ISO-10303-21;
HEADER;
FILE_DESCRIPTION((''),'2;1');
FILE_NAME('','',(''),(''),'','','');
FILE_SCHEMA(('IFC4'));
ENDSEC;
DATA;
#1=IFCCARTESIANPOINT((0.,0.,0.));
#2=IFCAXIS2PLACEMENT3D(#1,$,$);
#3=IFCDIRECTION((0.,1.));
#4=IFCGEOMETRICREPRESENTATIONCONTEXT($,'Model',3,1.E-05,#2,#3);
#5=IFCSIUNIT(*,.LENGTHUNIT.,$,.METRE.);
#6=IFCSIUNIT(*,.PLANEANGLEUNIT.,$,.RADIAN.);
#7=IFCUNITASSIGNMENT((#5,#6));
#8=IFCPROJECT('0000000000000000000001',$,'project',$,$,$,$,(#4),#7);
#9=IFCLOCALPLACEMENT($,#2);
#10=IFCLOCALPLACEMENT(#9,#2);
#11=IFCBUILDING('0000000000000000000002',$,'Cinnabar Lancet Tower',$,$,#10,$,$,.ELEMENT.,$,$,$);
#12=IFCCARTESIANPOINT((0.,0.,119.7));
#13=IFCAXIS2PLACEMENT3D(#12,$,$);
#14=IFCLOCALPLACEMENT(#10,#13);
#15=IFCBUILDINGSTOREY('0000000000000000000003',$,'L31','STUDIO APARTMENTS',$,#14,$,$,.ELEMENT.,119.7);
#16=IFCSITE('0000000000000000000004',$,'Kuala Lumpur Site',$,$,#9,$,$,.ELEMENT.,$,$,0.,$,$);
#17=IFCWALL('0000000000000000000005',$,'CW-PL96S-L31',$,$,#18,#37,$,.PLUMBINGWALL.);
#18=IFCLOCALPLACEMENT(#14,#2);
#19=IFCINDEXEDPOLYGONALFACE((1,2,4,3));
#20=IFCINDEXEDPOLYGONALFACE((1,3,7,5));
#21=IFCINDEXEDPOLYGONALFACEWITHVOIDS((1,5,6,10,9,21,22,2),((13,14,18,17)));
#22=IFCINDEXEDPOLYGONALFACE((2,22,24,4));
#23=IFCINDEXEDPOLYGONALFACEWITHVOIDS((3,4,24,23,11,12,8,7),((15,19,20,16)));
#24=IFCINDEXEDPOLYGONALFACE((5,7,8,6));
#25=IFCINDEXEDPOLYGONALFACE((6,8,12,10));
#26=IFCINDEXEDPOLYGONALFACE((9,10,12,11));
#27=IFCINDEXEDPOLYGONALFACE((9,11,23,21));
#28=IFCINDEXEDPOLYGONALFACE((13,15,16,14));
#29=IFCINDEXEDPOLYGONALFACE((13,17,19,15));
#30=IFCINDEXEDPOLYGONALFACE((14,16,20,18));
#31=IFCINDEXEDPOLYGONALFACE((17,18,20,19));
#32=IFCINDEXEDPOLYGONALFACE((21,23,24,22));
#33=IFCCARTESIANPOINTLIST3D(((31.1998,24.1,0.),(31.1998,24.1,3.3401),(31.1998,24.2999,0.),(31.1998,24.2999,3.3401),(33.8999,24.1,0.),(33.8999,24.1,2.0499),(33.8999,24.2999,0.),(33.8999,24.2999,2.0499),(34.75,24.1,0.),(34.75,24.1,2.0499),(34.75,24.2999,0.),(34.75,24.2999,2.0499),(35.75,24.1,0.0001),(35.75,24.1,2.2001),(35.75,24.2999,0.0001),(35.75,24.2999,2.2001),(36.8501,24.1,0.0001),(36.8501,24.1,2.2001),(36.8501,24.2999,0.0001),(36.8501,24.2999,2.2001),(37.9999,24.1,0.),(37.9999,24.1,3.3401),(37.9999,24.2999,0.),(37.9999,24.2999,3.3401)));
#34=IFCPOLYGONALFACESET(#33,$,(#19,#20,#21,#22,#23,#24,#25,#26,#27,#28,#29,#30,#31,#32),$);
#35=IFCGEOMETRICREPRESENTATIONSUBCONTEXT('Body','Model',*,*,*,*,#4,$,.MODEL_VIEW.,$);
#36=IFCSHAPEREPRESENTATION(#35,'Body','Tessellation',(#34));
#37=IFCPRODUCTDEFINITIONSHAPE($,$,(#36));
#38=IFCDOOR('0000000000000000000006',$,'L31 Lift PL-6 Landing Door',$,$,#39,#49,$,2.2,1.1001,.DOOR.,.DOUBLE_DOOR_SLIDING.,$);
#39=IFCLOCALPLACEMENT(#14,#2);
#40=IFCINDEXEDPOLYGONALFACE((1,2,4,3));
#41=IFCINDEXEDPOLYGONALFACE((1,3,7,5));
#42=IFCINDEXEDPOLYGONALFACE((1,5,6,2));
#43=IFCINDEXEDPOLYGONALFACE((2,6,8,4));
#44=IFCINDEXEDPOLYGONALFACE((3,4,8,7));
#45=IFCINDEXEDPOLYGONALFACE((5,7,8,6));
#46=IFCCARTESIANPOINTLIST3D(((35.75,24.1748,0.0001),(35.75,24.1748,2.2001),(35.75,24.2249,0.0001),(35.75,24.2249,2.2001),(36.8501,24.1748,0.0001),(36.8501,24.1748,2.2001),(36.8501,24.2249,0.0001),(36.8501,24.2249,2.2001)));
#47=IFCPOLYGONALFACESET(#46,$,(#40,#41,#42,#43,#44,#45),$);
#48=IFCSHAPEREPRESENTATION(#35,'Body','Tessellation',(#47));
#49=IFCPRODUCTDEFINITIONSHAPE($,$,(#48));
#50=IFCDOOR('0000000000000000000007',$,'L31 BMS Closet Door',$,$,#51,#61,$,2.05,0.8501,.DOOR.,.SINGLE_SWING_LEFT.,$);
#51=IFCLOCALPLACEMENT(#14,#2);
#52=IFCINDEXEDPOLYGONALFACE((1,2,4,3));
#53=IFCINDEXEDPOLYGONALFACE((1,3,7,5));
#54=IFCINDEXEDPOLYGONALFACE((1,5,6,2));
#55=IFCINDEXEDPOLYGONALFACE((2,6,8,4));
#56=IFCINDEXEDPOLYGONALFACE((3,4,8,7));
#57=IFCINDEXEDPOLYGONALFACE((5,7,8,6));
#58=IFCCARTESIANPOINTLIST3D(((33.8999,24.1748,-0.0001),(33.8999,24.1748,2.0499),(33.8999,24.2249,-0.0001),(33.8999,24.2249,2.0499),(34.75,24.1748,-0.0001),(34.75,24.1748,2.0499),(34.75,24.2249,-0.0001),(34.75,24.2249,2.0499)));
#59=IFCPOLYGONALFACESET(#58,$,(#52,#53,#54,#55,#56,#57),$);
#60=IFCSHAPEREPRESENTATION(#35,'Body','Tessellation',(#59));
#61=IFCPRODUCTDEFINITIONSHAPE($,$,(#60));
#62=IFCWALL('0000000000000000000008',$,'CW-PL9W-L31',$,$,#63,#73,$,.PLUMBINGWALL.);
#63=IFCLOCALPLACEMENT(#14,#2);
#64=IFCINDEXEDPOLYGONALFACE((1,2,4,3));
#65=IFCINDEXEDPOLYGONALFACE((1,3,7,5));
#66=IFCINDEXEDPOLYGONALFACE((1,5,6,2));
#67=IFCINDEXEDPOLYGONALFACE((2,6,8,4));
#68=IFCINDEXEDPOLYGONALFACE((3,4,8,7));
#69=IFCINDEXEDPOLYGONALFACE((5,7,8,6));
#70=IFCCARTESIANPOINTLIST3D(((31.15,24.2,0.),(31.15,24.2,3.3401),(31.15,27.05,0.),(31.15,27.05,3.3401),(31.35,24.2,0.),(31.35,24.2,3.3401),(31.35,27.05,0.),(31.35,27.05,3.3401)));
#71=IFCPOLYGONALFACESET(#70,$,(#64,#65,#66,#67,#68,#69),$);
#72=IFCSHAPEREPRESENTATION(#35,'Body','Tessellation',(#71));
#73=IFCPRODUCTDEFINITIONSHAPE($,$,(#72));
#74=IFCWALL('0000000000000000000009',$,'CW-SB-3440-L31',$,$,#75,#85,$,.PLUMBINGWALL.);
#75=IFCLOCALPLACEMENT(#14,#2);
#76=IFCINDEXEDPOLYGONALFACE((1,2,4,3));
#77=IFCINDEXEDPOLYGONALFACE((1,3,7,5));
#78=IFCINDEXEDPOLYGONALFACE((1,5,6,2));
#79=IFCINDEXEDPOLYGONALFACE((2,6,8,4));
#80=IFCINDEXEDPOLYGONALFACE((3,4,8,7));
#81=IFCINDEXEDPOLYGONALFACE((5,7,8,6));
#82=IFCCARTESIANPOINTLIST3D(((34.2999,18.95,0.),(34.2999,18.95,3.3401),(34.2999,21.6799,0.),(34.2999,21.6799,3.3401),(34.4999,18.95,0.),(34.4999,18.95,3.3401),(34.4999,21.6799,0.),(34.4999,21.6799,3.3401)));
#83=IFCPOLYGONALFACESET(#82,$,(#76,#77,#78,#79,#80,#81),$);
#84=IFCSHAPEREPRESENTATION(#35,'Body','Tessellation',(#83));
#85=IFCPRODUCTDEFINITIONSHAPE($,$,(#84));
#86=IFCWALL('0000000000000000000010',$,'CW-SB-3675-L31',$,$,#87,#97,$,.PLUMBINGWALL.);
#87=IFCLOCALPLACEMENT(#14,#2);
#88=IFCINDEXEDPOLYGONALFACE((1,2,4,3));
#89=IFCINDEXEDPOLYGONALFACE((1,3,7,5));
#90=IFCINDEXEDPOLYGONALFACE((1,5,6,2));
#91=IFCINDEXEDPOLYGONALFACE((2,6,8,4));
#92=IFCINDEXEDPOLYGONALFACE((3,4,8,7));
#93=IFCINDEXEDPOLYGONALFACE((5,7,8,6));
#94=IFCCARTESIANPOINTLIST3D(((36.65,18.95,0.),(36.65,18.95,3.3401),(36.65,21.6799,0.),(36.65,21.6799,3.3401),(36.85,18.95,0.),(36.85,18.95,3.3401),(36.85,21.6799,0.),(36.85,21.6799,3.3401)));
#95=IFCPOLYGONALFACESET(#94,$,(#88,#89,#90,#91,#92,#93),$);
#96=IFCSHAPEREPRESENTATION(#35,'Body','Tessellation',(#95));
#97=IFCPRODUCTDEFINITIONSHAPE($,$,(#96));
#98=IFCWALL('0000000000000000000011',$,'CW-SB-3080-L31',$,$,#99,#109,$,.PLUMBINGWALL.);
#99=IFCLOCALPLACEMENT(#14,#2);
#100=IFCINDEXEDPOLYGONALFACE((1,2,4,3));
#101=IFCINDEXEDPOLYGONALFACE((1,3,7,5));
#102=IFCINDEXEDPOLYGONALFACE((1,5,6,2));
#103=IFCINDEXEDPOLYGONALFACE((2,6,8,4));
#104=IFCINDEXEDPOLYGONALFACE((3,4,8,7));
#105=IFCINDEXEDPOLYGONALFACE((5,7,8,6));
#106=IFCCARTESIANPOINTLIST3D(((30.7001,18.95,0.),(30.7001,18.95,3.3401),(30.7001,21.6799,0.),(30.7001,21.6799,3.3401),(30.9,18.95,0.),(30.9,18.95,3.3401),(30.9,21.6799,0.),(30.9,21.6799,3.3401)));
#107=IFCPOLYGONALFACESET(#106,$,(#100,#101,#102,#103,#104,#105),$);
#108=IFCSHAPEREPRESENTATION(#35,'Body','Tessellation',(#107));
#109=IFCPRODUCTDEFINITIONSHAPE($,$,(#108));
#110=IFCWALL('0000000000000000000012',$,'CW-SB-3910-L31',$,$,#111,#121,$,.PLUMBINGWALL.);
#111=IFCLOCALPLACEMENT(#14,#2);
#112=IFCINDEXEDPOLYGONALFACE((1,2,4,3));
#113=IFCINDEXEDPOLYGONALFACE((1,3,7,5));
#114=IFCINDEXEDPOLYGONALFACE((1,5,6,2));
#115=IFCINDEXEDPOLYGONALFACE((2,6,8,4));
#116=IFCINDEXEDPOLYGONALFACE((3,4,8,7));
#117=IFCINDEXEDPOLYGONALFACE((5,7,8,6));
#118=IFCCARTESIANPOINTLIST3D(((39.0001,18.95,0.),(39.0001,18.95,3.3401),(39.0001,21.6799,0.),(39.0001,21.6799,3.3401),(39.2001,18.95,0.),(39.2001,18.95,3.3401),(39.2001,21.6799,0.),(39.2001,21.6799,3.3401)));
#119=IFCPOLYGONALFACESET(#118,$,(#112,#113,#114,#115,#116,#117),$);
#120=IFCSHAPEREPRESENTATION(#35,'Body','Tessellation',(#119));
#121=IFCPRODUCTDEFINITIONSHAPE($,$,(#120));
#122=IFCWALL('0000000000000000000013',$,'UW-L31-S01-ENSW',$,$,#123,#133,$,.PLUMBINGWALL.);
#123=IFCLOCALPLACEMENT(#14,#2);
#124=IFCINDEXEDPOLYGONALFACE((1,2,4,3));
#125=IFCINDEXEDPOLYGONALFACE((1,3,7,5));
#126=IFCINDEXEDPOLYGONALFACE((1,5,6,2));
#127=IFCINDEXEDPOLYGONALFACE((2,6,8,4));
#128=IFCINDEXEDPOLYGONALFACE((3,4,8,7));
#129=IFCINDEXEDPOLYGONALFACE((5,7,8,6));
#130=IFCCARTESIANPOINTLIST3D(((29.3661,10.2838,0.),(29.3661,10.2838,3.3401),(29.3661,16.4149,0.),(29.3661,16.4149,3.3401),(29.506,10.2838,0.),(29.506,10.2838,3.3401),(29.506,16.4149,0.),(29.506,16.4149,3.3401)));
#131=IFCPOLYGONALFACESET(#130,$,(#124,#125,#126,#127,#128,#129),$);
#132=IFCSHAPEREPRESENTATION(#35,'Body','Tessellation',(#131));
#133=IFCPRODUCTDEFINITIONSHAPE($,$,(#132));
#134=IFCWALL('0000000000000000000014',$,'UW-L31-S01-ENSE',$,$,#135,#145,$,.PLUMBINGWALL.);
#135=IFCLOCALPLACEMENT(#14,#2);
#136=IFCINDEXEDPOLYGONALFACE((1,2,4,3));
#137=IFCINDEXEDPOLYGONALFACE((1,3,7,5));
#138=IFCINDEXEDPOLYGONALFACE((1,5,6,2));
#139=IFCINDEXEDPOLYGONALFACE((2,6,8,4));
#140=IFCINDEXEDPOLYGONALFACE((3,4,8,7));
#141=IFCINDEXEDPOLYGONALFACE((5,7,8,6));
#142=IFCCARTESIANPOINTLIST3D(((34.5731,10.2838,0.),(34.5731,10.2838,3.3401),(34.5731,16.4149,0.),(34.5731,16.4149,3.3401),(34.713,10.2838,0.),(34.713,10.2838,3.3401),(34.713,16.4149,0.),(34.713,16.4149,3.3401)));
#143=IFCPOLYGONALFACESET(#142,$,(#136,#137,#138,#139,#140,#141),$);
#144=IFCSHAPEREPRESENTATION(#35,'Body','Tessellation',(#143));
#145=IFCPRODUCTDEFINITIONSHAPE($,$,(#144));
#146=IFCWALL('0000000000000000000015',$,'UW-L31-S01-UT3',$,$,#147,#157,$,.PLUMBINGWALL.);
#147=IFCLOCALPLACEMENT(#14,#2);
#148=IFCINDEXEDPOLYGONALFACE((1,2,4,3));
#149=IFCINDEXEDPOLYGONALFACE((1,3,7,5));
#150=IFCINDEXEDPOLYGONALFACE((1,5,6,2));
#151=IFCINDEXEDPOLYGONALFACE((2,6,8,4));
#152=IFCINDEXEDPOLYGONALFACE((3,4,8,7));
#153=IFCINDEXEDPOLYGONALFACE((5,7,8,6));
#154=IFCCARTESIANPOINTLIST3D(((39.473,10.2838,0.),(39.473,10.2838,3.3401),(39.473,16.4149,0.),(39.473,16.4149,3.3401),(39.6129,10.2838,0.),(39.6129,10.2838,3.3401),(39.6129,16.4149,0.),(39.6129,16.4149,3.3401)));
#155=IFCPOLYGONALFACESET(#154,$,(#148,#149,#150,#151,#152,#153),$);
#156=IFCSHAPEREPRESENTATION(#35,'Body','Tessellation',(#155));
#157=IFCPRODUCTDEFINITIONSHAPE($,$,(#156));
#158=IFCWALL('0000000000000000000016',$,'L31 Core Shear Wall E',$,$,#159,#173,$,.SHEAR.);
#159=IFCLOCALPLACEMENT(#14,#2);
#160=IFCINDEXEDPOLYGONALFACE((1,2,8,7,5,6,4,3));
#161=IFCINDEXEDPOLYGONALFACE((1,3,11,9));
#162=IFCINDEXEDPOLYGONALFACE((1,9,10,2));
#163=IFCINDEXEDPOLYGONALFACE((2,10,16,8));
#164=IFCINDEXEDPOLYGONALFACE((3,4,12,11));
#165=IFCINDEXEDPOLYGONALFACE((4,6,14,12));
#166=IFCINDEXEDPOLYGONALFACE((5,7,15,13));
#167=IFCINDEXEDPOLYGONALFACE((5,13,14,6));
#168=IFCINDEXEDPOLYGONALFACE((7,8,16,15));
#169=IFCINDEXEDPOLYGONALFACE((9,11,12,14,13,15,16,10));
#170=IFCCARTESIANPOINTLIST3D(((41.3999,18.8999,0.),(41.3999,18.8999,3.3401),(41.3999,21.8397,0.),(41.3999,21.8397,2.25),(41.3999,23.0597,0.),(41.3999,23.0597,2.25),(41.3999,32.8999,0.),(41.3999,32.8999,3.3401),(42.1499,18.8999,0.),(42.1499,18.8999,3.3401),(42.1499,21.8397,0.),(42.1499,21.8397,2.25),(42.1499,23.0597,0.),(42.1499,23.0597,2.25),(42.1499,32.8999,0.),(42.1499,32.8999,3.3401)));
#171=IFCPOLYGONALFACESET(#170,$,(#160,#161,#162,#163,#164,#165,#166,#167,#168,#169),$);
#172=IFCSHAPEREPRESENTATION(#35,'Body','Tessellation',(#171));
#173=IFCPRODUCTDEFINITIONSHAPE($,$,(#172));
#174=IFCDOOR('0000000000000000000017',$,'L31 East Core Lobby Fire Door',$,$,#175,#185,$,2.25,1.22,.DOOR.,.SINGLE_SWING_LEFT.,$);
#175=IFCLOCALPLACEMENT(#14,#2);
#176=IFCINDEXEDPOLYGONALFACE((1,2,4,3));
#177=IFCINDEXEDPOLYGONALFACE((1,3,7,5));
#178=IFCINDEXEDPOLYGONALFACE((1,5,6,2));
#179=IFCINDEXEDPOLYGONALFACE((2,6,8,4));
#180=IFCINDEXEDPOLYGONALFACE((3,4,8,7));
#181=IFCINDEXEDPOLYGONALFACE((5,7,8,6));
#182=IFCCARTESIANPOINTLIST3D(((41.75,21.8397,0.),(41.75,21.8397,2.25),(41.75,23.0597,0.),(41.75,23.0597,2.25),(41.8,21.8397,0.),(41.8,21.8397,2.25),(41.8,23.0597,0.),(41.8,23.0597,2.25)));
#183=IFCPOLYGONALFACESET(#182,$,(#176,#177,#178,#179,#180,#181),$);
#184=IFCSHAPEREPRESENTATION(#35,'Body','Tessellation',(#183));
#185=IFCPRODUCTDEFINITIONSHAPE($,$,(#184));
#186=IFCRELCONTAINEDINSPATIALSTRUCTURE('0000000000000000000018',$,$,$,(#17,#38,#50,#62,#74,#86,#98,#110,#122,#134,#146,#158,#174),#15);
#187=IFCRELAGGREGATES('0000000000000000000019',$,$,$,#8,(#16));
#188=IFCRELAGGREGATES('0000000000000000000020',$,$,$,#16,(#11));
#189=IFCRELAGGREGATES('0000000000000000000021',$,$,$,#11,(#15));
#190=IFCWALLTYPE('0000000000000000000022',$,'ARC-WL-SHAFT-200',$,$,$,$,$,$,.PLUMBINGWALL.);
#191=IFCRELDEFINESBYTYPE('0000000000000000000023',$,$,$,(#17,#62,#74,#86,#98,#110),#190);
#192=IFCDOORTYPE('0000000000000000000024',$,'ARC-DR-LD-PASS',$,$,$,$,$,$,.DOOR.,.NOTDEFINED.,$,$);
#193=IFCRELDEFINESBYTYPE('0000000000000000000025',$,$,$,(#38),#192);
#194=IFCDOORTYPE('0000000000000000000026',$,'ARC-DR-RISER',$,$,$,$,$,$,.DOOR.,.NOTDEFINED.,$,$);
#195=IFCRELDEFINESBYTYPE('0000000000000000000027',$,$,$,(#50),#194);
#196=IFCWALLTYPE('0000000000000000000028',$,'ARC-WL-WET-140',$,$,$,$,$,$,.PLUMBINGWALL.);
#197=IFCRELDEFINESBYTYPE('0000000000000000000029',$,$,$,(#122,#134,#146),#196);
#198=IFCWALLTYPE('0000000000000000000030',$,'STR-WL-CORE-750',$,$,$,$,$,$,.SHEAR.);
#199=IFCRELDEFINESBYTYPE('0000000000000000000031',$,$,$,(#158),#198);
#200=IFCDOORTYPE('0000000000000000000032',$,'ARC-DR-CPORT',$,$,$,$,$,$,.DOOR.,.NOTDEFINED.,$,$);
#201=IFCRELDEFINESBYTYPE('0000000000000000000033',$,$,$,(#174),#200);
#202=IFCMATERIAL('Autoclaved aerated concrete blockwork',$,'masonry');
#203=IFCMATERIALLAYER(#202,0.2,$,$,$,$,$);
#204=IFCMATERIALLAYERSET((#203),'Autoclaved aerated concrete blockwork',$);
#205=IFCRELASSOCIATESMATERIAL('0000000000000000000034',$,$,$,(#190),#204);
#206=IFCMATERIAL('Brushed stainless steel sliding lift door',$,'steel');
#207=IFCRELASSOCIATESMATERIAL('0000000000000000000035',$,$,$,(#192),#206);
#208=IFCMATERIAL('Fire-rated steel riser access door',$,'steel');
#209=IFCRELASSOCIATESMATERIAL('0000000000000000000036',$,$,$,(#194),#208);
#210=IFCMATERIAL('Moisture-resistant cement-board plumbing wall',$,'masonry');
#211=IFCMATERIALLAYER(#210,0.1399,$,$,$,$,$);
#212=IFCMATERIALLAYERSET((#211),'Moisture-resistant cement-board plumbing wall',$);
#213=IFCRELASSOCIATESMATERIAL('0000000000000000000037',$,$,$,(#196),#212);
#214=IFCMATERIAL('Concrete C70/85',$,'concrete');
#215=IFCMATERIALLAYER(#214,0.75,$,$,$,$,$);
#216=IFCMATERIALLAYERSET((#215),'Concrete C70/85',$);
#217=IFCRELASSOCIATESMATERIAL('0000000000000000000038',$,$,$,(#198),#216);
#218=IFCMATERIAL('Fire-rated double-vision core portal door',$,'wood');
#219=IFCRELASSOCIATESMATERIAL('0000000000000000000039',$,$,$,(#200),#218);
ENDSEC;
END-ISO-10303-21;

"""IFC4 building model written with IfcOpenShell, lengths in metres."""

from ifc_helpers import new_model, si_unit, direction, frame, frame_2d, origin, place, context, subcontext, project, spatial, rectangle, extrude, material, layer, layer_set, type_object, element, fill, save


model = new_model("IFC4")

# Units and contexts
model_context = context("Model", 3, precision=1e-05, world=origin(), true_north=direction((0.0, 1.0)))
body_context = subcontext(model_context, "Body", "Model", "MODEL_VIEW")
ifc_project = project(units=[si_unit("LENGTHUNIT", "METRE"), si_unit("PLANEANGLEUNIT", "RADIAN")], contexts=[model_context])

# Site, building, storey
site_placement = place(None, origin())
site = spatial("IfcSite", under=ifc_project, at=site_placement, Name="Kuala Lumpur Site", CompositionType="ELEMENT", RefElevation=0.0)
building_placement = place(site_placement, origin())
building = spatial("IfcBuilding", under=site, at=building_placement, Name="Cinnabar Lancet Tower", CompositionType="ELEMENT")
storey_placement = place(building_placement, frame((0.0, 0.0, 119.7)))
storey = spatial("IfcBuildingStorey", under=building, at=storey_placement, Name="L31", Description="STUDIO APARTMENTS", CompositionType="ELEMENT", Elevation=119.7)

# Shared definitions
ifc_material_1 = material(Name="Autoclaved aerated concrete blockwork", Category="masonry")
ifc_layer_1 = layer(ifc_material_1, 0.2)
ifc_layer_set_1 = layer_set([ifc_layer_1], Name="Autoclaved aerated concrete blockwork")
wall_type_1 = type_object("IfcWallType", Name="ARC-WL-SHAFT-200", PredefinedType="PLUMBINGWALL", material=ifc_layer_set_1)

# Wall, openings, doors
wall_1_placement = place(storey_placement, frame((31.2, 24.2, 0.0), z_axis=(0.0, 0.0, 1.0), x_axis=(1.0, 0.0, 0.0)))
wall_1 = element("IfcWall", 1, at=wall_1_placement, inside=storey, type_object=wall_type_1, Name="CW-PL96S-L31", PredefinedType="PLUMBINGWALL", context=body_context, shape_type="SweptSolid", body=[
    extrude(rectangle(XDim=6.8, YDim=0.2, at=frame_2d((3.3999, 0.0))), origin(), (0.0, 0.0, 1.0), 3.3401),
])
opening_1_placement = place(wall_1_placement, frame((2.7, 0.0, 0.0)))
opening_1 = element("IfcOpeningElement", 2, at=opening_1_placement, cuts=wall_1, PredefinedType="OPENING", context=body_context, shape_type="SweptSolid", body=[
    extrude(rectangle(XDim=0.8501, YDim=2.05, at=frame_2d((0.425, 1.0249))), frame((0.0, 0.1099, 0.0), z_axis=(0.0, -1.0, 0.0), x_axis=(1.0, 0.0, 0.0)), (0.0, 0.0, 1.0), 0.22),
])
opening_2_placement = place(wall_1_placement, frame((4.55, 0.0, 0.0)))
opening_2 = element("IfcOpeningElement", 3, at=opening_2_placement, cuts=wall_1, PredefinedType="OPENING", context=body_context, shape_type="SweptSolid", body=[
    extrude(rectangle(XDim=1.1001, YDim=2.2, at=frame_2d((0.55, 1.1001))), frame((0.0, 0.1099, 0.0), z_axis=(0.0, -1.0, 0.0), x_axis=(1.0, 0.0, 0.0)), (0.0, 0.0, 1.0), 0.22),
])
ifc_material_2 = material(Name="Brushed stainless steel sliding lift door", Category="steel")
door_type_1 = type_object("IfcDoorType", Name="ARC-DR-LD-PASS", OperationType="NOTDEFINED", PredefinedType="DOOR", material=ifc_material_2)
door_1_placement = place(opening_2_placement, origin())
door_1 = element("IfcDoor", 4, at=door_1_placement, inside=storey, type_object=door_type_1, Name="L31 Lift PL-6 Landing Door", OperationType="DOUBLE_DOOR_SLIDING", OverallHeight=2.2, OverallWidth=1.1001, PredefinedType="DOOR", context=body_context, shape_type="SweptSolid", body=[
    extrude(rectangle(XDim=1.1001, YDim=2.2, at=frame_2d((0.55, 1.1001))), frame((0.0, 0.0249, 0.0), z_axis=(0.0, -1.0, 0.0), x_axis=(1.0, 0.0, 0.0)), (0.0, 0.0, 1.0), 0.05),
])
fill(opening_2, door_1)
ifc_material_3 = material(Name="Fire-rated steel riser access door", Category="steel")
door_type_2 = type_object("IfcDoorType", Name="ARC-DR-RISER", OperationType="NOTDEFINED", PredefinedType="DOOR", material=ifc_material_3)
door_2_placement = place(opening_1_placement, origin())
door_2 = element("IfcDoor", 5, at=door_2_placement, inside=storey, type_object=door_type_2, Name="L31 BMS Closet Door", OperationType="SINGLE_SWING_LEFT", OverallHeight=2.05, OverallWidth=0.8501, PredefinedType="DOOR", context=body_context, shape_type="SweptSolid", body=[
    extrude(rectangle(XDim=0.8501, YDim=2.05, at=frame_2d((0.425, 1.0249))), frame((0.0, 0.0249, 0.0), z_axis=(0.0, -1.0, 0.0), x_axis=(1.0, 0.0, 0.0)), (0.0, 0.0, 1.0), 0.05),
])
fill(opening_1, door_2)

# Walls
wall_2_placement = place(storey_placement, frame((31.25, 24.2, 0.0), z_axis=(0.0, 0.0, 1.0), x_axis=(0.0, 1.0, 0.0)))
element("IfcWall", 6, at=wall_2_placement, inside=storey, type_object=wall_type_1, Name="CW-PL9W-L31", PredefinedType="PLUMBINGWALL", context=body_context, shape_type="SweptSolid", body=[
    extrude(rectangle(XDim=2.8501, YDim=0.2, at=frame_2d((1.425, 0.0))), origin(), (0.0, 0.0, 1.0), 3.3401),
])
for number, where, z_axis, x_axis, name in (
    (7, (34.3999, 18.95, 0.0), (0.0, 0.0, 1.0), (0.0, 1.0, 0.0), "CW-SB-3440-L31"),
    (8, (36.75, 18.95, 0.0), (0.0, 0.0, 1.0), (0.0, 1.0, 0.0), "CW-SB-3675-L31"),
    (9, (30.8, 18.95, 0.0), (0.0, 0.0, 1.0), (0.0, 1.0, 0.0), "CW-SB-3080-L31"),
    (10, (39.1001, 18.95, 0.0), (0.0, 0.0, 1.0), (0.0, 1.0, 0.0), "CW-SB-3910-L31"),
):
    element("IfcWall", number, at=place(storey_placement, frame(where, z_axis=z_axis, x_axis=x_axis)), inside=storey, type_object=wall_type_1, Name=name, PredefinedType="PLUMBINGWALL", context=body_context, shape_type="SweptSolid", body=[
        extrude(rectangle(XDim=2.73, YDim=0.2, at=frame_2d((1.365, 0.0))), origin(), (0.0, 0.0, 1.0), 3.3401),
    ])
ifc_material_4 = material(Name="Moisture-resistant cement-board plumbing wall", Category="masonry")
ifc_layer_2 = layer(ifc_material_4, 0.1399)
ifc_layer_set_2 = layer_set([ifc_layer_2], Name="Moisture-resistant cement-board plumbing wall")
wall_type_2 = type_object("IfcWallType", Name="ARC-WL-WET-140", PredefinedType="PLUMBINGWALL", material=ifc_layer_set_2)
for number, where, z_axis, x_axis, name in (
    (11, (29.436, 10.2839, 0.0), (0.0, 0.0, 1.0), (0.0, 1.0, 0.0), "UW-L31-S01-ENSW"),
    (12, (34.6431, 10.2839, 0.0), (0.0, 0.0, 1.0), (0.0, 1.0, 0.0), "UW-L31-S01-ENSE"),
    (13, (39.543, 10.2839, 0.0), (0.0, 0.0, 1.0), (0.0, 1.0, 0.0), "UW-L31-S01-UT3"),
):
    element("IfcWall", number, at=place(storey_placement, frame(where, z_axis=z_axis, x_axis=x_axis)), inside=storey, type_object=wall_type_2, Name=name, PredefinedType="PLUMBINGWALL", context=body_context, shape_type="SweptSolid", body=[
        extrude(rectangle(XDim=6.1311, YDim=0.1399, at=frame_2d((3.0654, 0.0))), origin(), (0.0, 0.0, 1.0), 3.3401),
    ])

# Wall, opening, door
ifc_material_5 = material(Name="Concrete C70/85", Category="concrete")
ifc_layer_3 = layer(ifc_material_5, 0.75)
ifc_layer_set_3 = layer_set([ifc_layer_3], Name="Concrete C70/85")
wall_type_3 = type_object("IfcWallType", Name="STR-WL-CORE-750", PredefinedType="SHEAR", material=ifc_layer_set_3)
wall_3_placement = place(storey_placement, frame((41.7749, 18.8999, 0.0), z_axis=(0.0, 0.0, 1.0), x_axis=(0.0, 1.0, 0.0)))
wall_3 = element("IfcWall", 14, at=wall_3_placement, inside=storey, type_object=wall_type_3, Name="L31 Core Shear Wall E", PredefinedType="SHEAR", context=body_context, shape_type="SweptSolid", body=[
    extrude(rectangle(XDim=14.0, YDim=0.75, at=frame_2d((7.0, 0.0))), origin(), (0.0, 0.0, 1.0), 3.3401),
])
opening_3_placement = place(wall_3_placement, frame((2.9399, 0.0, 0.0)))
opening_3 = element("IfcOpeningElement", 15, at=opening_3_placement, cuts=wall_3, PredefinedType="OPENING", context=body_context, shape_type="SweptSolid", body=[
    extrude(rectangle(XDim=1.22, YDim=2.25, at=frame_2d((0.6099, 1.125))), frame((0.0, 0.385, 0.0), z_axis=(0.0, -1.0, 0.0), x_axis=(1.0, 0.0, 0.0)), (0.0, 0.0, 1.0), 0.77),
])
ifc_material_6 = material(Name="Fire-rated double-vision core portal door", Category="wood")
door_type_3 = type_object("IfcDoorType", Name="ARC-DR-CPORT", OperationType="NOTDEFINED", PredefinedType="DOOR", material=ifc_material_6)
door_3_placement = place(opening_3_placement, origin())
door_3 = element("IfcDoor", 16, at=door_3_placement, inside=storey, type_object=door_type_3, Name="L31 East Core Lobby Fire Door", OperationType="SINGLE_SWING_LEFT", OverallHeight=2.25, OverallWidth=1.22, PredefinedType="DOOR", context=body_context, shape_type="SweptSolid", body=[
    extrude(rectangle(XDim=1.22, YDim=2.25, at=frame_2d((0.6099, 1.125))), frame((0.0, 0.0249, 0.0), z_axis=(0.0, -1.0, 0.0), x_axis=(1.0, 0.0, 0.0)), (0.0, 0.0, 1.0), 0.05),
])
fill(opening_3, door_3)

save(model, "model.ifc")
